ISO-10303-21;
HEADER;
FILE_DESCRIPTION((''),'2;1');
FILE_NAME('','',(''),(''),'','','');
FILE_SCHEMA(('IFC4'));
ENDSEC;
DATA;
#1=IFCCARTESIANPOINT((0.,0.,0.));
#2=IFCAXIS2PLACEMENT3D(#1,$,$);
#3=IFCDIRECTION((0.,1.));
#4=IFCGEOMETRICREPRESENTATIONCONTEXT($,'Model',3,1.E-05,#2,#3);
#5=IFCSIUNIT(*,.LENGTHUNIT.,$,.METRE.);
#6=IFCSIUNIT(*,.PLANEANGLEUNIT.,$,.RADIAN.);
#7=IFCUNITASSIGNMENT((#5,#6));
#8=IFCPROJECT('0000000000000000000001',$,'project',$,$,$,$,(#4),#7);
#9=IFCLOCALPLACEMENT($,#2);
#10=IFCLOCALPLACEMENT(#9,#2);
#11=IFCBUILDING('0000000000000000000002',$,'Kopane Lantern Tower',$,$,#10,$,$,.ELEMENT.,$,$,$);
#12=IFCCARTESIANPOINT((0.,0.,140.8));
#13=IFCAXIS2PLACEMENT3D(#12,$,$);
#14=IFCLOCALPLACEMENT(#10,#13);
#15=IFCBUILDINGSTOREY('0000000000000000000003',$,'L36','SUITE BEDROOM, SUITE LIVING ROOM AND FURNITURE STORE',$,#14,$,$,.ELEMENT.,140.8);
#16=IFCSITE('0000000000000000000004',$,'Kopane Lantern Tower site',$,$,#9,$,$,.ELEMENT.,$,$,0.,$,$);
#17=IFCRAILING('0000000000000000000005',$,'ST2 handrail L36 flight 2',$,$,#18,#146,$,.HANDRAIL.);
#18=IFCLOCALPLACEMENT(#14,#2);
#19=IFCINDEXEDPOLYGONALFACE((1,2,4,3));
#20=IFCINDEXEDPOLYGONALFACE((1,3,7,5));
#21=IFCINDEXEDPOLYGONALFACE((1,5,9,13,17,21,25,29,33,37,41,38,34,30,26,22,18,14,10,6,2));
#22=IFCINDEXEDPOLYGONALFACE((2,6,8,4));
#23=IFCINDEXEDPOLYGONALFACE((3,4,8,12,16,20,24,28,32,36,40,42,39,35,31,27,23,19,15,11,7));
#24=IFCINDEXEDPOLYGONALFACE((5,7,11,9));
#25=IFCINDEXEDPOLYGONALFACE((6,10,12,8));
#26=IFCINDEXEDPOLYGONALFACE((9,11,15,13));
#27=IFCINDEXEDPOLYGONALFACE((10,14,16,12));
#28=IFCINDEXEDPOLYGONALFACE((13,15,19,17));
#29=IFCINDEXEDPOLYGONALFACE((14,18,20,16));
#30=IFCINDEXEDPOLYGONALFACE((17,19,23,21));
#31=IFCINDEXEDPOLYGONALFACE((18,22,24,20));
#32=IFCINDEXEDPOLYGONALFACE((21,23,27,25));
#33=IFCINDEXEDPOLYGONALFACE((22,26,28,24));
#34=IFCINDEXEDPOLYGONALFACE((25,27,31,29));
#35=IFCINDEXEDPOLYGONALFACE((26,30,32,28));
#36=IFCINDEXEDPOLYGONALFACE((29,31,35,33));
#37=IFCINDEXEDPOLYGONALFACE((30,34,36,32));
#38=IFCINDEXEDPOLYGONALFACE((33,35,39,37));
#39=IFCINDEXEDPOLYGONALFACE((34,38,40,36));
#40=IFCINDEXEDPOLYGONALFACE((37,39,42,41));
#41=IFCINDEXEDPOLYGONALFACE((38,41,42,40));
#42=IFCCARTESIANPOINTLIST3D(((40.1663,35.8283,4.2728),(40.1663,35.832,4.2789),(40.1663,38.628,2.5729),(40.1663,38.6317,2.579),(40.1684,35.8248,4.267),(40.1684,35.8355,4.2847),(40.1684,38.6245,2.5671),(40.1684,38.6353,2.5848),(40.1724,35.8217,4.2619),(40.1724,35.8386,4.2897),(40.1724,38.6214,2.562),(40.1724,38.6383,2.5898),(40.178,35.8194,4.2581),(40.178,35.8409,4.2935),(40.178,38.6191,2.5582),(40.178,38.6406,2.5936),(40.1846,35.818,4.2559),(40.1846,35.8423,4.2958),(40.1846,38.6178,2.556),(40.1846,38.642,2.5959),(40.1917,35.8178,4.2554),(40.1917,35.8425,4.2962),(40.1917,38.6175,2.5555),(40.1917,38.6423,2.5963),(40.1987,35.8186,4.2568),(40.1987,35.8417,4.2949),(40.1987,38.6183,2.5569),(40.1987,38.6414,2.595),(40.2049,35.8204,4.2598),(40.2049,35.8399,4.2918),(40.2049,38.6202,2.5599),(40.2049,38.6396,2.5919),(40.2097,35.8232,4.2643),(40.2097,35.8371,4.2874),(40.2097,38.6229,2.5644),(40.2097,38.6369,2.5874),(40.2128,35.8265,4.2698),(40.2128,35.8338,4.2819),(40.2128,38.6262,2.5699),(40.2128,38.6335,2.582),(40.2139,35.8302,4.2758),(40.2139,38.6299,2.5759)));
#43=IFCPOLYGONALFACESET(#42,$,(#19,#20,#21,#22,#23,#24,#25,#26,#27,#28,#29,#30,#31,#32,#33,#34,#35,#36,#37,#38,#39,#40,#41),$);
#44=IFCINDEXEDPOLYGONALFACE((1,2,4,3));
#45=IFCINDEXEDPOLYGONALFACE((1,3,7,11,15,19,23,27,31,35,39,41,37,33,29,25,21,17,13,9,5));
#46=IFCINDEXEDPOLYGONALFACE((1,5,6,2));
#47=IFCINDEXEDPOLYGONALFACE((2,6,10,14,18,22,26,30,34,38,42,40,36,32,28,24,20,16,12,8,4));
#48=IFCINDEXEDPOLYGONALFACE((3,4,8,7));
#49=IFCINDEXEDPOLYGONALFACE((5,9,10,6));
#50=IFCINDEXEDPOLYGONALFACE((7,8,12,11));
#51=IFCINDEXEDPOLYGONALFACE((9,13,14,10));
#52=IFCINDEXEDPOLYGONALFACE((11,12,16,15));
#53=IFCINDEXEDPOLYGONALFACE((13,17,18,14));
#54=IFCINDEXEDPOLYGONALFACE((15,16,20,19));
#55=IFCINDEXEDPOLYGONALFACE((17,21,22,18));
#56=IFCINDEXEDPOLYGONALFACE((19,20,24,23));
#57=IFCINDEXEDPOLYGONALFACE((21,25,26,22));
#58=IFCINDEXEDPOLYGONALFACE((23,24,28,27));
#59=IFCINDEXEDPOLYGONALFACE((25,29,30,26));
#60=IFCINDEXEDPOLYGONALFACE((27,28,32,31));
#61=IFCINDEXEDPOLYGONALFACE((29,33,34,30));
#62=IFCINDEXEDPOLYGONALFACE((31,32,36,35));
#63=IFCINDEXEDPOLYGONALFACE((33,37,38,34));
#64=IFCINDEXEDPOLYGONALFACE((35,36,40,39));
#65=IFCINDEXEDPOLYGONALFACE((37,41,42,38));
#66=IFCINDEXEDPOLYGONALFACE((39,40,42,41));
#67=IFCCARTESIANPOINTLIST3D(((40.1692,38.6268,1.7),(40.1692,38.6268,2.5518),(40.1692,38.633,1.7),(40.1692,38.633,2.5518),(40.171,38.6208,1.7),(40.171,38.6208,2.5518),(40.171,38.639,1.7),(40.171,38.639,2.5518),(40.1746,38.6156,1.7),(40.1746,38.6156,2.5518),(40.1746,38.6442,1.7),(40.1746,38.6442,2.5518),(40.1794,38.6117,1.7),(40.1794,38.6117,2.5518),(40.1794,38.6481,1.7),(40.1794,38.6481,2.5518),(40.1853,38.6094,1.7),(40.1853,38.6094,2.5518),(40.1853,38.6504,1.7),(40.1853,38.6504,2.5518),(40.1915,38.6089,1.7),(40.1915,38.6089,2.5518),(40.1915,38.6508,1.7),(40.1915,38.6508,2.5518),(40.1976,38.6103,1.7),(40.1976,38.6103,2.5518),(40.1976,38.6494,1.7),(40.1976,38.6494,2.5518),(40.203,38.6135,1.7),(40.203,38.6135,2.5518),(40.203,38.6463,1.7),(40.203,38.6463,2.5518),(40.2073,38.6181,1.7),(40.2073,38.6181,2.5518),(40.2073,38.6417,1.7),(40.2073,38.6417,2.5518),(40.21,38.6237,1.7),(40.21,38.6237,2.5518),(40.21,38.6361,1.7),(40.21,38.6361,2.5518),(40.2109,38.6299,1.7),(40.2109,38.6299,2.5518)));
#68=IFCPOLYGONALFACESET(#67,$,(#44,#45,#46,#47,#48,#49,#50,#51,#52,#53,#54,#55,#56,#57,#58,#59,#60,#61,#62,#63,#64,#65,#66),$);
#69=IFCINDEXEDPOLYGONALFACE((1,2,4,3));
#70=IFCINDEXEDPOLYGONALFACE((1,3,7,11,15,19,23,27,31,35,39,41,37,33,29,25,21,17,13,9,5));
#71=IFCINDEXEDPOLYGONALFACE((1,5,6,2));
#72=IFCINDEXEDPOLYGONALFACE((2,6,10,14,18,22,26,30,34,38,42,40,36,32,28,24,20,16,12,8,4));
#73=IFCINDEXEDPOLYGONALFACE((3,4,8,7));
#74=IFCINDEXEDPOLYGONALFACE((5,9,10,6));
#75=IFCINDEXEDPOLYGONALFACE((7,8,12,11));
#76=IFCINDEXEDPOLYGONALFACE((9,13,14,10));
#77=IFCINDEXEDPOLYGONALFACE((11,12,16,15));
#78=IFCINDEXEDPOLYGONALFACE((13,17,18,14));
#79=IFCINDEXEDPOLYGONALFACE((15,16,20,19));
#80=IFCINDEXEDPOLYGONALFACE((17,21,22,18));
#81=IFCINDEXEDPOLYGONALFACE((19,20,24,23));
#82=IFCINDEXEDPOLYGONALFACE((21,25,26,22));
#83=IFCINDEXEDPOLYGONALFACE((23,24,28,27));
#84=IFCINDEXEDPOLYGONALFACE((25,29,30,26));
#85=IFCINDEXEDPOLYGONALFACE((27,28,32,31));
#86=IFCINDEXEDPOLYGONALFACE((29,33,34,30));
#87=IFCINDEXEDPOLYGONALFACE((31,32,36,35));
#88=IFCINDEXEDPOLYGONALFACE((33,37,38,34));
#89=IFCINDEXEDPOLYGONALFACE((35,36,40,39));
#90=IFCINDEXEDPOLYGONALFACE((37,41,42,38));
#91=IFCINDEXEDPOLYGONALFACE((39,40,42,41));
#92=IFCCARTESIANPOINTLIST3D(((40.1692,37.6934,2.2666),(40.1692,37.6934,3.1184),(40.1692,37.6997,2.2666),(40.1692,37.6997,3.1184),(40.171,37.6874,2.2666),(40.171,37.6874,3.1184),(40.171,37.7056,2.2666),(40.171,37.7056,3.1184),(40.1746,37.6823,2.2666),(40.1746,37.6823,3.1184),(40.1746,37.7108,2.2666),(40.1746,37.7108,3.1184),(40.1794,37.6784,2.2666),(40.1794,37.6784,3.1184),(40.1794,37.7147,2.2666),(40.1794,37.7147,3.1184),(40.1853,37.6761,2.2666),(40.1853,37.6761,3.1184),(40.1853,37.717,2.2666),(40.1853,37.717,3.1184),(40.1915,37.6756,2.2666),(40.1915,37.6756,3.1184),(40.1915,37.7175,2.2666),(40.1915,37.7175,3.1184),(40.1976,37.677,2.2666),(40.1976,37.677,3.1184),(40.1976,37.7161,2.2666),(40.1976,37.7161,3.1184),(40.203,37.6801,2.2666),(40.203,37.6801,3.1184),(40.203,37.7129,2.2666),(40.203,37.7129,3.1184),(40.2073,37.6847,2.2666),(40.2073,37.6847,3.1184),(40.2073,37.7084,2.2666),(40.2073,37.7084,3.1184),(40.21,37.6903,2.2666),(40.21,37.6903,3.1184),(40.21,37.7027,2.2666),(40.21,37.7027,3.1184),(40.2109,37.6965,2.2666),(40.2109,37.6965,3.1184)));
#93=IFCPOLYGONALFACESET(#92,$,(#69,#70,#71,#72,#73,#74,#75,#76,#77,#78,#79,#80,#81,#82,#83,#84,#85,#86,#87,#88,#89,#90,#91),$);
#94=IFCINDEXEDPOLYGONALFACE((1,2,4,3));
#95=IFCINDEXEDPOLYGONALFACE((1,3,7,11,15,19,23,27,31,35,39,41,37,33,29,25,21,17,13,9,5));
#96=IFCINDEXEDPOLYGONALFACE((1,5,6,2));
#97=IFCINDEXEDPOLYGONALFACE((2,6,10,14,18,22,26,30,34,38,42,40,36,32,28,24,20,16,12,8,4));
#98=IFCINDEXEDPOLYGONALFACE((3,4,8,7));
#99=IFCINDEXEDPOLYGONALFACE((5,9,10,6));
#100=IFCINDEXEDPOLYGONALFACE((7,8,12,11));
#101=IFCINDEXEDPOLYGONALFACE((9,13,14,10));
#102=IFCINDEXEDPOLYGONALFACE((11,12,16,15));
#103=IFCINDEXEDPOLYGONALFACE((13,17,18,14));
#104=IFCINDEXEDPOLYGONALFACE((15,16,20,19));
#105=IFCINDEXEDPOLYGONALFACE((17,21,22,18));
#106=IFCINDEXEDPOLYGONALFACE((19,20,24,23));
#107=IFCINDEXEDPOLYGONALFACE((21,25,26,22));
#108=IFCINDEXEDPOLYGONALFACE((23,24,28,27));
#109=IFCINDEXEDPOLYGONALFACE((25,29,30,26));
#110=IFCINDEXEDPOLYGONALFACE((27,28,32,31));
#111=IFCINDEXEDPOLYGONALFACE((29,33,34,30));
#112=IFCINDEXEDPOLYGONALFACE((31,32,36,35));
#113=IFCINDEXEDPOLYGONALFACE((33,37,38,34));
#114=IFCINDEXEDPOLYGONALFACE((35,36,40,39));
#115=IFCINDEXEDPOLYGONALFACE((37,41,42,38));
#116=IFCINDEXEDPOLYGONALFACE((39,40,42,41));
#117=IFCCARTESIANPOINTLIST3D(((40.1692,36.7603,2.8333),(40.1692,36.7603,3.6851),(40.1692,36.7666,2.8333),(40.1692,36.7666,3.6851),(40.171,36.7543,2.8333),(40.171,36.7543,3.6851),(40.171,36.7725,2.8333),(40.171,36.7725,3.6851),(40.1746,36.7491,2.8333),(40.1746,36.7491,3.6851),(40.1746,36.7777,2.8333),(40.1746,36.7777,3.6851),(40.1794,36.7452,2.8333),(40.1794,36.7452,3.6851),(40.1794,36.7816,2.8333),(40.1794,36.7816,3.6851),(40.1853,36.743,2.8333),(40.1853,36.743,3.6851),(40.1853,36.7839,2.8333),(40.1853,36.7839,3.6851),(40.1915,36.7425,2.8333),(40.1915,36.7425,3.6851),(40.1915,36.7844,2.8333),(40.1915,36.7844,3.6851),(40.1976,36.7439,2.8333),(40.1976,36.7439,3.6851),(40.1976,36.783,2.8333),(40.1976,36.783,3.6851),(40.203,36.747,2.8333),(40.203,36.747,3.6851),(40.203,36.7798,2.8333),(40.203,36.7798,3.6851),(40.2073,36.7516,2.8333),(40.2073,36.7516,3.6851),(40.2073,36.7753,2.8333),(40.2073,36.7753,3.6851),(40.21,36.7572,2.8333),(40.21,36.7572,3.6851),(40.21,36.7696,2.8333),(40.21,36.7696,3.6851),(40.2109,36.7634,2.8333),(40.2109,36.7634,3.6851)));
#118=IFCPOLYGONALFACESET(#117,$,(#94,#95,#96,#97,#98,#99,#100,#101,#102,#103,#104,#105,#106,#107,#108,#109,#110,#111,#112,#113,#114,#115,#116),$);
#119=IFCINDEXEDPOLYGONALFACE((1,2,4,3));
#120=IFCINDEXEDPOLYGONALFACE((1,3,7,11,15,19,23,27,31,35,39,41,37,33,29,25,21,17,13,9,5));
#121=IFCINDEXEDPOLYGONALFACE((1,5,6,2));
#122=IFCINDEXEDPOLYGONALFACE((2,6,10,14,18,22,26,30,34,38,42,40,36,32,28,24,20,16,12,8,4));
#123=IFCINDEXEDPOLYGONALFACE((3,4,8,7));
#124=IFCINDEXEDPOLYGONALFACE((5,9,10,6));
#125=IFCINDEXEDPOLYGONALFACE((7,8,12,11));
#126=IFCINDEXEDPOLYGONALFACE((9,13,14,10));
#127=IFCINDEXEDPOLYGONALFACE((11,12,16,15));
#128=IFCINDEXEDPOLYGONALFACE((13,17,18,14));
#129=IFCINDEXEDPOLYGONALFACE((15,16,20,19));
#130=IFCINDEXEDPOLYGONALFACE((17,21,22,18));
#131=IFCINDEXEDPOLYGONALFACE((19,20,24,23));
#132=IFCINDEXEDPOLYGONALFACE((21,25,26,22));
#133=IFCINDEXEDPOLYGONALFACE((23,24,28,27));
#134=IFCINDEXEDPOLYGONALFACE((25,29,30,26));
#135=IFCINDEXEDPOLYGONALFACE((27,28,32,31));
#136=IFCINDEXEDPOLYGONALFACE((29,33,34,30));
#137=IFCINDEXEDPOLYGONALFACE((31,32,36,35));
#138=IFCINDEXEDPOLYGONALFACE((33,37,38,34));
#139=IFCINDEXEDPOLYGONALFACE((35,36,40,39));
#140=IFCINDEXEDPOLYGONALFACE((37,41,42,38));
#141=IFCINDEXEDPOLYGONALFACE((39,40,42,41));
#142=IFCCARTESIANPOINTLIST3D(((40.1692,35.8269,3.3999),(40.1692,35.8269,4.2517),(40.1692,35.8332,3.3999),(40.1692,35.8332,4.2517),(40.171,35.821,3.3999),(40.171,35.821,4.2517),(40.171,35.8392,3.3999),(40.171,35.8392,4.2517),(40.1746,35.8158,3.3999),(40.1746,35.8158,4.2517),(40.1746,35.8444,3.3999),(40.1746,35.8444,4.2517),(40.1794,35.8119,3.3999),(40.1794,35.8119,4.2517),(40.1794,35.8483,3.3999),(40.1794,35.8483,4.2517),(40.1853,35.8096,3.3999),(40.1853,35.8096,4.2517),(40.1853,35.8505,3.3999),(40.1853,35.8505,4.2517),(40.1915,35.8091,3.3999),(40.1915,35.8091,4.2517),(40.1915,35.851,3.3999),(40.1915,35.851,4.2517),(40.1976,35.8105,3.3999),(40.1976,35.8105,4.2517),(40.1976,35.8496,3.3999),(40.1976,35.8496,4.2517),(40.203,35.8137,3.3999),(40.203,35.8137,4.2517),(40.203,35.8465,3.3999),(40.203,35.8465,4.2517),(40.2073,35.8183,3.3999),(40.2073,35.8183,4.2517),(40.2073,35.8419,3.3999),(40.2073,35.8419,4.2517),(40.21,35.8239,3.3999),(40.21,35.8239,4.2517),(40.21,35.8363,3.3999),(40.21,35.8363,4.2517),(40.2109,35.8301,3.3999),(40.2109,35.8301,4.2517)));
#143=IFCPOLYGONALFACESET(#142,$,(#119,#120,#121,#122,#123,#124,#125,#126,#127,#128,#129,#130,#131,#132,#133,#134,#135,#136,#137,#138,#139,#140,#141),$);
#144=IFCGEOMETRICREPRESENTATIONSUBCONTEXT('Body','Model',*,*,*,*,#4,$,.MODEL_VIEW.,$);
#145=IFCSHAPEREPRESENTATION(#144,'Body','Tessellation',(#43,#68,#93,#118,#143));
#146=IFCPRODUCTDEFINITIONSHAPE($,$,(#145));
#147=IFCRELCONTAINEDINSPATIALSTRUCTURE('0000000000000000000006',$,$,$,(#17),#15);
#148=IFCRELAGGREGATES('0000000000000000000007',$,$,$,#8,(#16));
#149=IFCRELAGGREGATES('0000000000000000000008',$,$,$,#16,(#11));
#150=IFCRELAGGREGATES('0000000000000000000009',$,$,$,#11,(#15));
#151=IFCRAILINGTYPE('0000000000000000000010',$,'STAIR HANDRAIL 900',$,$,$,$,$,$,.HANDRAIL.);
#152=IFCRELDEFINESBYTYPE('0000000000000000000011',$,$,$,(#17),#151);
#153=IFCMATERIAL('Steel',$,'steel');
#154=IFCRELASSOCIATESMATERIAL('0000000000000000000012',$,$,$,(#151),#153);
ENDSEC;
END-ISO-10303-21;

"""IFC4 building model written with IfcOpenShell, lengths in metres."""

from ifc_helpers import new_model, si_unit, direction, frame, origin, origin_2d, place, context, subcontext, project, spatial, circle, extrude, material, type_object, element, save


model = new_model("IFC4")

# Units and contexts
model_context = context("Model", 3, precision=1e-05, world=origin(), true_north=direction((0.0, 1.0)))
body_context = subcontext(model_context, "Body", "Model", "MODEL_VIEW")
ifc_project = project(units=[si_unit("LENGTHUNIT", "METRE"), si_unit("PLANEANGLEUNIT", "RADIAN")], contexts=[model_context])

# Site, building, storey
site_placement = place(None, origin())
site = spatial("IfcSite", under=ifc_project, at=site_placement, Name="Kopane Lantern Tower site", CompositionType="ELEMENT", RefElevation=0.0)
building_placement = place(site_placement, origin())
building = spatial("IfcBuilding", under=site, at=building_placement, Name="Kopane Lantern Tower", CompositionType="ELEMENT")
storey_placement = place(building_placement, frame((0.0, 0.0, 140.8)))
storey = spatial("IfcBuildingStorey", under=building, at=storey_placement, Name="L36", Description="SUITE BEDROOM, SUITE LIVING ROOM AND FURNITURE STORE", CompositionType="ELEMENT", Elevation=140.8)

# Railing
ifc_material_1 = material(Name="Steel", Category="steel")
railing_type_1 = type_object("IfcRailingType", Name="STAIR HANDRAIL 900", PredefinedType="HANDRAIL", material=ifc_material_1)
for number, where, name in (
    (1, (40.1899, 38.6299, 1.7), "ST2 handrail L36 flight 2"),
):
    element("IfcRailing", number, at=place(storey_placement, frame(where)), inside=storey, type_object=railing_type_1, Name=name, PredefinedType="HANDRAIL", context=body_context, shape_type="SweptSolid", body=[
        extrude(circle(Radius=0.0239, at=origin_2d()), frame((0.0, 0.0, 0.876), z_axis=(0.0, -0.854778, 0.518994), x_axis=(1.0, 0.0, 0.0)), (0.0, 0.0, 1.0), 3.2754),
        extrude(circle(Radius=0.021, at=origin_2d()), origin(), (0.0, 0.0, 1.0), 0.8518),
        extrude(circle(Radius=0.021, at=origin_2d()), frame((0.0, -0.9333, 0.5667)), (0.0, 0.0, 1.0), 0.8518),
        extrude(circle(Radius=0.021, at=origin_2d()), frame((0.0, -1.8665, 1.1333)), (0.0, 0.0, 1.0), 0.8518),
        extrude(circle(Radius=0.021, at=origin_2d()), frame((0.0, -2.7998, 1.7)), (0.0, 0.0, 1.0), 0.8518),
    ])

save(model, "model.ifc")
